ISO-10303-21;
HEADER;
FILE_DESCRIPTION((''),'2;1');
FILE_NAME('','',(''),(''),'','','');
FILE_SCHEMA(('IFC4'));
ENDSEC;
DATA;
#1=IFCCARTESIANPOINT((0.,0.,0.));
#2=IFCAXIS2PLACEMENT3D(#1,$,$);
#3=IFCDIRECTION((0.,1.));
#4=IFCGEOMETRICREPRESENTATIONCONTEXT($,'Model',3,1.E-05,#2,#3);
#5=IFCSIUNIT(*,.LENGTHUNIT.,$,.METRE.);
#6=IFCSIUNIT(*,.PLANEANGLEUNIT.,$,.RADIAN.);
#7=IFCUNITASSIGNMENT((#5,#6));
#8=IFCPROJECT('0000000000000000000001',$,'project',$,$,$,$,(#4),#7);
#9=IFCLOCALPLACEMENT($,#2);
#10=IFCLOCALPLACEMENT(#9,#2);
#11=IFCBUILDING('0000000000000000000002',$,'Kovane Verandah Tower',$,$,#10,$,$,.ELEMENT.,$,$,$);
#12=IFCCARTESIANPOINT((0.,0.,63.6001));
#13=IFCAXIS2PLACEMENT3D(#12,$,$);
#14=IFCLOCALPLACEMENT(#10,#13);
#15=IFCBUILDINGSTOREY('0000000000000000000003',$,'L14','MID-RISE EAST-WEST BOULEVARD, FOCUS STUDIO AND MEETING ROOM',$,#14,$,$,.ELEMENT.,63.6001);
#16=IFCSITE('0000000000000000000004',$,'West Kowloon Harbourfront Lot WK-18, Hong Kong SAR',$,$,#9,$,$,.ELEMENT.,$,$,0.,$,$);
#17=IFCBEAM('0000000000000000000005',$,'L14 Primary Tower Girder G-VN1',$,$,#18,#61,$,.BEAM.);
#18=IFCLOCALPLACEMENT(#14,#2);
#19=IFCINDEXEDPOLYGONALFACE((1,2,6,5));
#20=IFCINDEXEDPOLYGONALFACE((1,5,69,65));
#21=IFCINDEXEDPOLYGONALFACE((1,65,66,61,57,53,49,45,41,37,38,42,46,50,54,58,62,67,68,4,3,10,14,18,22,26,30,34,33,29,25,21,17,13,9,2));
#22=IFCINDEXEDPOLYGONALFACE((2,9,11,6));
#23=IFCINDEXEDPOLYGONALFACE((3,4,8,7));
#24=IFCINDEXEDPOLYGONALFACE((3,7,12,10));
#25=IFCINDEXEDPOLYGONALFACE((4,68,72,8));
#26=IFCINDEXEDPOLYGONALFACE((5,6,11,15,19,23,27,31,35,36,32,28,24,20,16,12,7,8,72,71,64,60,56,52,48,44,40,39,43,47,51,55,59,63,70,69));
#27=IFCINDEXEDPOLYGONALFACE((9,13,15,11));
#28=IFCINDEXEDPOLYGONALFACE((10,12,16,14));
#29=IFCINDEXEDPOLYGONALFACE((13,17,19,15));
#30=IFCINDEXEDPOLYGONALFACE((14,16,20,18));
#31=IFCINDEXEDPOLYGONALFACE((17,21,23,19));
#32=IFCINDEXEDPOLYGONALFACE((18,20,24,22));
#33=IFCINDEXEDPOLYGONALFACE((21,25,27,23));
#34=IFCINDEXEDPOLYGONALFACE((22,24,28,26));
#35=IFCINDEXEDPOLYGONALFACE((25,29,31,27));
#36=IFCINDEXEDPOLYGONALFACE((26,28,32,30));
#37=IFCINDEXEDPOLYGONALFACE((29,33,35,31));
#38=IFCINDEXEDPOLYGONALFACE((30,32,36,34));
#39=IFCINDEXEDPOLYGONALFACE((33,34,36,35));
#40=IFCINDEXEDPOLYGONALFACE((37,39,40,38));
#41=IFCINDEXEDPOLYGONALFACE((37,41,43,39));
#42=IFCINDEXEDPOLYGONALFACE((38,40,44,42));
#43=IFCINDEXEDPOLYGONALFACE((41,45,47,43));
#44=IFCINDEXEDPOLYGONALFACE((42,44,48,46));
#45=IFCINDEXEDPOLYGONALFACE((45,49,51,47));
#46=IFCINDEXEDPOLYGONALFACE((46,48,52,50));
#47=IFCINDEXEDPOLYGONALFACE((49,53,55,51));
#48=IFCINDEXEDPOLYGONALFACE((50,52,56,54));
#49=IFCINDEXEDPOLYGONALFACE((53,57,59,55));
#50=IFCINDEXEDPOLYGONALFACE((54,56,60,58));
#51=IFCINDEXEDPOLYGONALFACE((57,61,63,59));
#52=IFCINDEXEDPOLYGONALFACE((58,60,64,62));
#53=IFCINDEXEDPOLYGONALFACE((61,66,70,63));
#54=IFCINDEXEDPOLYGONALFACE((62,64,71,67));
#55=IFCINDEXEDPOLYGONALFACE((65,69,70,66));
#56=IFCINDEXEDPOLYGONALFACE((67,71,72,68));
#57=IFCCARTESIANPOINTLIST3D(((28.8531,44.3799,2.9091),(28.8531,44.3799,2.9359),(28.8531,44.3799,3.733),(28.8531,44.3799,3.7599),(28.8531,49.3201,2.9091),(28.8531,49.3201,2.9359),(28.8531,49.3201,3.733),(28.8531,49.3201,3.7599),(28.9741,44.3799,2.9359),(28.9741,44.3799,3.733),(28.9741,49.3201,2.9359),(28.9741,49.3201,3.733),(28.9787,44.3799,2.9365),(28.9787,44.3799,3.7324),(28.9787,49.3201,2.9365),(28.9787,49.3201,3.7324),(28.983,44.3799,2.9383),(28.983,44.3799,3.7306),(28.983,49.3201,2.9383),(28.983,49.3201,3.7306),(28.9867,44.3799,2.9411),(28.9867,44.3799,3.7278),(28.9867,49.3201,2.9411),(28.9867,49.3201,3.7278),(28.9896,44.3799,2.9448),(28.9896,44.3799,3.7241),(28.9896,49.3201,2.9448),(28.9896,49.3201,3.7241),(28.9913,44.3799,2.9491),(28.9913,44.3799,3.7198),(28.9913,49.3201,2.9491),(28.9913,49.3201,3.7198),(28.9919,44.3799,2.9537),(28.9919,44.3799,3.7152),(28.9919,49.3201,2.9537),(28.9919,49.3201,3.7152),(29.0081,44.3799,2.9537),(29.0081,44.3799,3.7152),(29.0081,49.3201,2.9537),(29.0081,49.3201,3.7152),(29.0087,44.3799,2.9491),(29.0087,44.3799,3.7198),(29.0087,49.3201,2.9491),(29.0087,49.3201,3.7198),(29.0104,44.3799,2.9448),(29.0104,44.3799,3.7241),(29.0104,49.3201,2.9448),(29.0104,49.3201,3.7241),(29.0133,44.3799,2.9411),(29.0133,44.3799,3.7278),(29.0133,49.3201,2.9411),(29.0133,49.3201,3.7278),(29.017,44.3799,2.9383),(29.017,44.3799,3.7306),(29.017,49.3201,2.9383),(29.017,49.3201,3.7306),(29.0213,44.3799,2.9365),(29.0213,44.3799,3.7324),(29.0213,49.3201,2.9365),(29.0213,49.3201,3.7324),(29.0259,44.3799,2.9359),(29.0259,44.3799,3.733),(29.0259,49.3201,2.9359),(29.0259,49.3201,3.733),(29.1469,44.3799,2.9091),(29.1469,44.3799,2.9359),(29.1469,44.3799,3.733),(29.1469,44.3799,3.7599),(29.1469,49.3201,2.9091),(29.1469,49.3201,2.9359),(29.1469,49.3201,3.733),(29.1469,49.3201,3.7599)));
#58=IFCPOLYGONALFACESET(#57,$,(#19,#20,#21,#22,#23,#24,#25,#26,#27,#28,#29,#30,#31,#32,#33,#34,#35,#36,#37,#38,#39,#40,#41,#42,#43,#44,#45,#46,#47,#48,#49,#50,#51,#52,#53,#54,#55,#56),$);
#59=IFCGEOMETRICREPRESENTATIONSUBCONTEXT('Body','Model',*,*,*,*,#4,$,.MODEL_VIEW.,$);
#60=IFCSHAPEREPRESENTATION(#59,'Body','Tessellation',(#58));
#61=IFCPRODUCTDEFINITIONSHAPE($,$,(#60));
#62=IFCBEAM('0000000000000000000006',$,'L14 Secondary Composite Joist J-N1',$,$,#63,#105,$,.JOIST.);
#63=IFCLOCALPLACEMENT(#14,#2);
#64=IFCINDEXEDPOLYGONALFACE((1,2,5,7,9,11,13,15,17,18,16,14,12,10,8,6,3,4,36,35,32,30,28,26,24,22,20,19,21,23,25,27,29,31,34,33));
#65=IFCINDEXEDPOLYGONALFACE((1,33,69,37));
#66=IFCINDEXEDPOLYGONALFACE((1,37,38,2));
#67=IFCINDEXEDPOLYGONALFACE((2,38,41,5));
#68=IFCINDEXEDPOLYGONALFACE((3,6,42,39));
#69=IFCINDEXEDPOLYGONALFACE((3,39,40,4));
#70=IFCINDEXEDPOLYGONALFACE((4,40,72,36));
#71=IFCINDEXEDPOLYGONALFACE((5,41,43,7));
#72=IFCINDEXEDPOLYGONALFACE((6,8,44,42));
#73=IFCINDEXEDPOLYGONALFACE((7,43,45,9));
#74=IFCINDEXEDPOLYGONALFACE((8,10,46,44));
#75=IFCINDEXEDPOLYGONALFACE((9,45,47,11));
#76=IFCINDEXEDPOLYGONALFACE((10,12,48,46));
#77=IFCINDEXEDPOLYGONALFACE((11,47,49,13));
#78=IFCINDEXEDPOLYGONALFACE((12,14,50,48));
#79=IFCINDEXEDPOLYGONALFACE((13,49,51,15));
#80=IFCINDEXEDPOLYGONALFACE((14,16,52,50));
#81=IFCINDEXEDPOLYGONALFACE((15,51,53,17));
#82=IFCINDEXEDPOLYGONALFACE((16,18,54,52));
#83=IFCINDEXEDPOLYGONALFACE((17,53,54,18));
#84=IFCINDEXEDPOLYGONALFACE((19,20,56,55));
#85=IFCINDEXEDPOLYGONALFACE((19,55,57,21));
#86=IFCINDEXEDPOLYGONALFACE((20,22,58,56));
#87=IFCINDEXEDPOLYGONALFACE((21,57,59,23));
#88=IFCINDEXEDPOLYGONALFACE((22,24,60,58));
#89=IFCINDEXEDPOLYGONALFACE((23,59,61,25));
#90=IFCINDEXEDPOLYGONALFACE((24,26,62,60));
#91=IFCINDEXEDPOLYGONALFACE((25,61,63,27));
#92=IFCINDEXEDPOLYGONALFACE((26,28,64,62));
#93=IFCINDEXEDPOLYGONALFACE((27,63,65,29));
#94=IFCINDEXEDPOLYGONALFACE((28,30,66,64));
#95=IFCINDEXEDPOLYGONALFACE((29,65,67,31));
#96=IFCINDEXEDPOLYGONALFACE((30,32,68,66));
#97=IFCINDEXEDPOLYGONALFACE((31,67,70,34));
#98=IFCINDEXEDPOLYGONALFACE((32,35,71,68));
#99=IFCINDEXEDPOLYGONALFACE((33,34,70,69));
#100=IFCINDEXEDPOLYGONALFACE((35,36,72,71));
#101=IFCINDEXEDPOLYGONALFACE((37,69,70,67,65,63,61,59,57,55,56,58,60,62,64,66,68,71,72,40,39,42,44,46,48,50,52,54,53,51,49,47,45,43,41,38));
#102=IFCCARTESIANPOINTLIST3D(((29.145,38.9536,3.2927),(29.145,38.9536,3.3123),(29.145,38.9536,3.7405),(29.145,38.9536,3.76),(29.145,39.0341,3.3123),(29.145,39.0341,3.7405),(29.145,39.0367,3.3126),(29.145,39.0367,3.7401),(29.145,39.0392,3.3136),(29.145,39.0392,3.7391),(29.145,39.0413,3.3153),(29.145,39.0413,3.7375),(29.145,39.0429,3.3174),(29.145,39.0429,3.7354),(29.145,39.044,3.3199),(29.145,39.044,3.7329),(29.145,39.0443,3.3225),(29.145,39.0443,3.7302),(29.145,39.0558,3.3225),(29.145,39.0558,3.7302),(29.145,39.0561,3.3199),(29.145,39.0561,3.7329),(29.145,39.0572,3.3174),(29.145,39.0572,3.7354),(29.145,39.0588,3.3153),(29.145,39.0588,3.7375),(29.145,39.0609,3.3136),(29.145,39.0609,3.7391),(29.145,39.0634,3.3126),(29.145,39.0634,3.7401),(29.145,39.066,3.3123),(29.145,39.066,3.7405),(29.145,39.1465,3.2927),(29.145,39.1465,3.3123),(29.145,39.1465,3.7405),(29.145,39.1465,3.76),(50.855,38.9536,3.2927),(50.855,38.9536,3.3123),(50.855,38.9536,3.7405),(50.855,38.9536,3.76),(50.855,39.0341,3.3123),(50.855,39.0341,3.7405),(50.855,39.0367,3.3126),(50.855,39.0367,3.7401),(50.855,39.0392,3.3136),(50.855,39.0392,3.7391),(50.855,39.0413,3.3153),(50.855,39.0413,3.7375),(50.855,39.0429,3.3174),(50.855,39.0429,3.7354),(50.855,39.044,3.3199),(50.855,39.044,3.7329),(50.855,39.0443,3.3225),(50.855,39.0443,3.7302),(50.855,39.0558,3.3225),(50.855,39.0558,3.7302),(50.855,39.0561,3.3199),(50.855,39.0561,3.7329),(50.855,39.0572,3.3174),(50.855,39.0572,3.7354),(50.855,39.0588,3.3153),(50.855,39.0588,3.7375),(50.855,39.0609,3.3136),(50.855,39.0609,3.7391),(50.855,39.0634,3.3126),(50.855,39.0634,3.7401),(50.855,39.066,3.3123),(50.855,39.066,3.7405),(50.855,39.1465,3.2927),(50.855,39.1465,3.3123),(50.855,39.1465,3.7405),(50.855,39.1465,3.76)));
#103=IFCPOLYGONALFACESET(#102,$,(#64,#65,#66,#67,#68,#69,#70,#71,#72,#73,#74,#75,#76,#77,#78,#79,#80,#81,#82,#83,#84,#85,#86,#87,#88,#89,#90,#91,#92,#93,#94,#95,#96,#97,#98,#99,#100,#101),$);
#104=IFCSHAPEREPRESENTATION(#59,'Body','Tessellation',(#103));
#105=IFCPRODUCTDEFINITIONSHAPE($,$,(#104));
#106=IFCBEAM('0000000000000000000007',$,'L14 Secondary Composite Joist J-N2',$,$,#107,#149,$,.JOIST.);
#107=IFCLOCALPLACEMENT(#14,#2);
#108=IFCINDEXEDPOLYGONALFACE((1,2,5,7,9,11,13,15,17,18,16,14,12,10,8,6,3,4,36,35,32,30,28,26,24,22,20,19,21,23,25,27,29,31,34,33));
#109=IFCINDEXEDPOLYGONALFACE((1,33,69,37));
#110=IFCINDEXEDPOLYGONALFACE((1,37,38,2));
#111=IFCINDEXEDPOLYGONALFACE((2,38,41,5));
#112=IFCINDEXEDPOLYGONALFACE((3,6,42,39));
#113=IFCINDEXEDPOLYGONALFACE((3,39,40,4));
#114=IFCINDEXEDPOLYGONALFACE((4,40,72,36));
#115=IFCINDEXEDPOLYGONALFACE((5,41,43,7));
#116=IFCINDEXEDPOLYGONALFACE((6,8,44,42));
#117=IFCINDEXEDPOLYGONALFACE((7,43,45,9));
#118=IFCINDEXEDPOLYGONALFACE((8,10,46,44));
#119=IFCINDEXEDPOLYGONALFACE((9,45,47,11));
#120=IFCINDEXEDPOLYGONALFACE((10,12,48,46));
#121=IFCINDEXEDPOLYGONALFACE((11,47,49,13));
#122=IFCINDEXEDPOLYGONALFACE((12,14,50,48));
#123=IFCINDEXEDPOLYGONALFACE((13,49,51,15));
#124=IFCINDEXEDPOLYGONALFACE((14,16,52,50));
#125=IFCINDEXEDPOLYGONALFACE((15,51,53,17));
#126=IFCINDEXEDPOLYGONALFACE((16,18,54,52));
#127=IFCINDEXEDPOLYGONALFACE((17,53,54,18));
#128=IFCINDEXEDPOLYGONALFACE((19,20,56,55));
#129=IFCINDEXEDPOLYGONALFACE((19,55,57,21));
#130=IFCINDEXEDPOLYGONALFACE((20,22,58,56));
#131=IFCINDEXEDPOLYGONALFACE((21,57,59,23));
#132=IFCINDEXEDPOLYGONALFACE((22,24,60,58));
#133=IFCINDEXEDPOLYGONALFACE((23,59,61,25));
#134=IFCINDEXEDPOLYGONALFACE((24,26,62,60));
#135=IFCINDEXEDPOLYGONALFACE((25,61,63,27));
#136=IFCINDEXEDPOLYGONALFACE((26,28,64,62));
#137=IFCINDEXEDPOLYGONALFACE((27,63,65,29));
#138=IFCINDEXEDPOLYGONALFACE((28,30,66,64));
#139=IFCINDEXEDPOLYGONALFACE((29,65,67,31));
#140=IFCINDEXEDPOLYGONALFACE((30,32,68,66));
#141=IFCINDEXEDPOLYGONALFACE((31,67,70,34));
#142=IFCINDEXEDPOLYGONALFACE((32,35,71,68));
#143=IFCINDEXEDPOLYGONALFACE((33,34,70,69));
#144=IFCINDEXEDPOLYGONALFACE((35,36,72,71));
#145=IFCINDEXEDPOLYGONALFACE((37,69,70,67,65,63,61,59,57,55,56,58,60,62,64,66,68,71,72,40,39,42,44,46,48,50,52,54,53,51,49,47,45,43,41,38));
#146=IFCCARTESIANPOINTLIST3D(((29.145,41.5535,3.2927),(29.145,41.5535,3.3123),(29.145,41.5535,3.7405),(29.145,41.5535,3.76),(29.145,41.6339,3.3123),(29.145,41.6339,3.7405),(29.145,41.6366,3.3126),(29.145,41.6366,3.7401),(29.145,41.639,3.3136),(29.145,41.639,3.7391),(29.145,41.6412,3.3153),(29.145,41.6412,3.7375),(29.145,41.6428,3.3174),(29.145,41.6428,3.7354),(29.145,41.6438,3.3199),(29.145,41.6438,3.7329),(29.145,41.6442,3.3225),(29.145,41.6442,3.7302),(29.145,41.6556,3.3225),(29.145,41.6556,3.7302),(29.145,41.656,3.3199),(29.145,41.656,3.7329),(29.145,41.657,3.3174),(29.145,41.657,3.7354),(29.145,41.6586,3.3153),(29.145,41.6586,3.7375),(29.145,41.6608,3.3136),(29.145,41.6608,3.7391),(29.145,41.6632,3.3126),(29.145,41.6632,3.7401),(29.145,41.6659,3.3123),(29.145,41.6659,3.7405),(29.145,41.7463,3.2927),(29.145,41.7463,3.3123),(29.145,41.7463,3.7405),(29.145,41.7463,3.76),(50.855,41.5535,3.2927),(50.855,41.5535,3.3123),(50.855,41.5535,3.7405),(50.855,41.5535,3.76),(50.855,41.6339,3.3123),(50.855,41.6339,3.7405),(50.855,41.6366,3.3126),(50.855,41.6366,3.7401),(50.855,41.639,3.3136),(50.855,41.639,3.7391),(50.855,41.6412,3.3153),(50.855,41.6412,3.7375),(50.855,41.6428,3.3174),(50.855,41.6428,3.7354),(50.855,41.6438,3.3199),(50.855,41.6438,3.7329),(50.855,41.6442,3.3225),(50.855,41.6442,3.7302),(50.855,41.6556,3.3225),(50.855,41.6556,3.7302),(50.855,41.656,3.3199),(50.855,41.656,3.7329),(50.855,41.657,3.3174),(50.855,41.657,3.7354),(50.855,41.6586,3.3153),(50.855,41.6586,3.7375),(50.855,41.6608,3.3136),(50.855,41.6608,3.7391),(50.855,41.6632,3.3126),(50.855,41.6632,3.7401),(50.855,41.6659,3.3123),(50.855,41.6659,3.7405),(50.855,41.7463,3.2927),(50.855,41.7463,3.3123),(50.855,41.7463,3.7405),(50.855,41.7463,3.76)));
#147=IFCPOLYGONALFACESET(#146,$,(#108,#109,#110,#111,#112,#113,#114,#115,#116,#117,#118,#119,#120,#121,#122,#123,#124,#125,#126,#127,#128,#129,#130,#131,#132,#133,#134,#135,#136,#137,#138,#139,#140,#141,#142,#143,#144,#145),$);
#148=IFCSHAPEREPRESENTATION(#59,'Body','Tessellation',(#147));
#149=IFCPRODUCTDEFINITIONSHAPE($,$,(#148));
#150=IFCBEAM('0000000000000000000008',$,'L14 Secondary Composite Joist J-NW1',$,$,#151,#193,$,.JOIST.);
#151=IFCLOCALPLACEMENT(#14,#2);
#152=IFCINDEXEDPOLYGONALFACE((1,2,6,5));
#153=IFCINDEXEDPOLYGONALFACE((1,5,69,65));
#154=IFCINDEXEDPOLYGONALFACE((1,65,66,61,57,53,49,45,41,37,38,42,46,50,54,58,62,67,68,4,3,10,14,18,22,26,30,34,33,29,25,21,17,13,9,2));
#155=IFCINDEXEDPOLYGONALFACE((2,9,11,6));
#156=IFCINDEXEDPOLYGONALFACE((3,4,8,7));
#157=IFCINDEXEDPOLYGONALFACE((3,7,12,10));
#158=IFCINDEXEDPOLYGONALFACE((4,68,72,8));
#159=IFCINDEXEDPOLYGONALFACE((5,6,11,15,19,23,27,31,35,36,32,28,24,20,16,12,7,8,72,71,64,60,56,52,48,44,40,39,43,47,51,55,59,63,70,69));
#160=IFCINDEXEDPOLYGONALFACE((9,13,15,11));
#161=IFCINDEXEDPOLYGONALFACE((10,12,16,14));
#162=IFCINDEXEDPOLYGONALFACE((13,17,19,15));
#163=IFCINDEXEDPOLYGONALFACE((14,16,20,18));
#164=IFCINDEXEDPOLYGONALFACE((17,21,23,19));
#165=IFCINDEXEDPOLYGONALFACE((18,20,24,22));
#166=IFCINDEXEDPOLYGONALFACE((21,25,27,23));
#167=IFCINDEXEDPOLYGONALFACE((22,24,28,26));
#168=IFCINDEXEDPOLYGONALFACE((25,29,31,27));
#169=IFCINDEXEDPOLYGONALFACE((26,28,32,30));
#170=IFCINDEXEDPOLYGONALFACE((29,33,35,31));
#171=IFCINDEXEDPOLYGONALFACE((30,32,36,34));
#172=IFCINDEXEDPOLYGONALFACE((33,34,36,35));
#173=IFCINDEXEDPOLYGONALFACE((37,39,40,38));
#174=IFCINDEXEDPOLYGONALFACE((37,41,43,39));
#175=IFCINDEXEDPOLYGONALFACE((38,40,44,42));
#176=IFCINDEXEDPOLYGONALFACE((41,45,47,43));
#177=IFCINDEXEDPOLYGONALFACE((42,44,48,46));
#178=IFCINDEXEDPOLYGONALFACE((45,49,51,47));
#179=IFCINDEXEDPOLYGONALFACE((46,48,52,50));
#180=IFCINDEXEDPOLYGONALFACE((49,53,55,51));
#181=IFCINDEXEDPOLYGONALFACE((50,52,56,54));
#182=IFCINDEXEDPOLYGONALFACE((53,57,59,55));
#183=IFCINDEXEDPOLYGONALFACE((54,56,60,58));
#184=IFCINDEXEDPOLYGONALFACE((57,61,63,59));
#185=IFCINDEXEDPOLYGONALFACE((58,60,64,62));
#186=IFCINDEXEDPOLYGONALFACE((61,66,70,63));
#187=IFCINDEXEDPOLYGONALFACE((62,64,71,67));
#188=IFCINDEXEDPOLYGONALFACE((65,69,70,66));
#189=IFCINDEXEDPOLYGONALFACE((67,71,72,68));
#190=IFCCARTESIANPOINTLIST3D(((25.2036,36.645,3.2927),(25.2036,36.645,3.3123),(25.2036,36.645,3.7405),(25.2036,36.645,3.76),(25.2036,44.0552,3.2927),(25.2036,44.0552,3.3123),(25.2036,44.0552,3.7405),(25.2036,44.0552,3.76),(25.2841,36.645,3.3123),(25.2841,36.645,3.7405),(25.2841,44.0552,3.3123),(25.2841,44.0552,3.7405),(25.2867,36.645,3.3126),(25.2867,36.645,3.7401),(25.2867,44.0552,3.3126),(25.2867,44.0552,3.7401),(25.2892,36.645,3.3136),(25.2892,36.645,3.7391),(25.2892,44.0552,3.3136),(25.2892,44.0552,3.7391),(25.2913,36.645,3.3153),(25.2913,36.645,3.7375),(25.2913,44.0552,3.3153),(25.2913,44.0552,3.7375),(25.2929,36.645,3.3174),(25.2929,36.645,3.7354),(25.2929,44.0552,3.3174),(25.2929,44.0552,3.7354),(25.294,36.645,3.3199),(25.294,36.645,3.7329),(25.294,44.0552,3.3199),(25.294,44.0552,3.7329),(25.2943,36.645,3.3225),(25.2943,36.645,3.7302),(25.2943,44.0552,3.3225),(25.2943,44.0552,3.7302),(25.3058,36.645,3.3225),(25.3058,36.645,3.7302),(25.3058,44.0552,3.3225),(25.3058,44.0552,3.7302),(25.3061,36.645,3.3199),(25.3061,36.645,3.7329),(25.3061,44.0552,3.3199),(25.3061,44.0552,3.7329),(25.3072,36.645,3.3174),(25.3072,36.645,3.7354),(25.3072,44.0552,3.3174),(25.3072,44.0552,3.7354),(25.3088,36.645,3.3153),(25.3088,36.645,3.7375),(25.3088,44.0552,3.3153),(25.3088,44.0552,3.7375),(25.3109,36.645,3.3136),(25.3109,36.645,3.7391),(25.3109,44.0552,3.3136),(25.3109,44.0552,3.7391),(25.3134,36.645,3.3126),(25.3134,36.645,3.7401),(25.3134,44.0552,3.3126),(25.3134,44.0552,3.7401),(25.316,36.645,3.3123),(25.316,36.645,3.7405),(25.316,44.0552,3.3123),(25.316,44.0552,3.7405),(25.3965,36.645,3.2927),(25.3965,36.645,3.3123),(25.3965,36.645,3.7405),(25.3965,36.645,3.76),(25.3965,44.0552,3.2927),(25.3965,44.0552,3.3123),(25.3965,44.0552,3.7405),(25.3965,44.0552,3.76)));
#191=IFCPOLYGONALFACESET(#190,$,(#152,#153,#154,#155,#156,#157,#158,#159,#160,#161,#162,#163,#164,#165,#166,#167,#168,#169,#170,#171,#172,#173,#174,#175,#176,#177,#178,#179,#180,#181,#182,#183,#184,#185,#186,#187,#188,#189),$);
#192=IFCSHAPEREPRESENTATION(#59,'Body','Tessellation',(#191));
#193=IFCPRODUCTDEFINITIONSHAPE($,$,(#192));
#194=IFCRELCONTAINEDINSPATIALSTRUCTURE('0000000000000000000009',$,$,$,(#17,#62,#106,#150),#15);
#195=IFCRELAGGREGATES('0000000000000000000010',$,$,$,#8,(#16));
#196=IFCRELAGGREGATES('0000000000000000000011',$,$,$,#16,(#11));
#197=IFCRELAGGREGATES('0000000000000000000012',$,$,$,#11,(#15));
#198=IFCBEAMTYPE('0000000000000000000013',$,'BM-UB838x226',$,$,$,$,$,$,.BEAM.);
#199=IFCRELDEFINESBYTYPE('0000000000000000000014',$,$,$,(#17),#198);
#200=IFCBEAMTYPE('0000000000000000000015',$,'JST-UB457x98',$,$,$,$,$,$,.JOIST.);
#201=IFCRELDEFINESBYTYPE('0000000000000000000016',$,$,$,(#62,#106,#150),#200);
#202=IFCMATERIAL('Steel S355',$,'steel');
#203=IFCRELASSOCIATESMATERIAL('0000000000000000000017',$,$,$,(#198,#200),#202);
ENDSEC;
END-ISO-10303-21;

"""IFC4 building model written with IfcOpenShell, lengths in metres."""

from ifc_helpers import new_model, si_unit, direction, frame, origin, origin_2d, place, context, subcontext, project, spatial, i_section, extrude, material, material_profile, profile_set, type_object, element, save


model = new_model("IFC4")

# Units and contexts
model_context = context("Model", 3, precision=1e-05, world=origin(), true_north=direction((0.0, 1.0)))
body_context = subcontext(model_context, "Body", "Model", "MODEL_VIEW")
ifc_project = project(units=[si_unit("LENGTHUNIT", "METRE"), si_unit("PLANEANGLEUNIT", "RADIAN")], contexts=[model_context])

# Site, building, storey
site_placement = place(None, origin())
site = spatial("IfcSite", under=ifc_project, at=site_placement, Name="West Kowloon Harbourfront Lot WK-18, Hong Kong SAR", CompositionType="ELEMENT", RefElevation=0.0)
building_placement = place(site_placement, origin())
building = spatial("IfcBuilding", under=site, at=building_placement, Name="Kovane Verandah Tower", CompositionType="ELEMENT")
storey_placement = place(building_placement, frame((0.0, 0.0, 63.6001)))
storey = spatial("IfcBuildingStorey", under=building, at=storey_placement, Name="L14", Description="MID-RISE EAST-WEST BOULEVARD, FOCUS STUDIO AND MEETING ROOM", CompositionType="ELEMENT", Elevation=63.6001)

# Beams
ifc_material_1 = material(Name="Steel S355", Category="steel")
ifc_material_profile_1 = material_profile(ifc_material_1, i_section(OverallWidth=0.2937, OverallDepth=0.8508, WebThickness=0.0161, FlangeThickness=0.0269, FilletRadius=0.0178, at=origin_2d()), Name="UB838x292x226")
ifc_profile_set_1 = profile_set([ifc_material_profile_1], Name="Steel S355")
beam_type_1 = type_object("IfcBeamType", Name="BM-UB838x226", PredefinedType="BEAM", material=ifc_profile_set_1)
beam_1_placement = place(storey_placement, frame((29.0, 44.3799, 3.3345), z_axis=(0.0, 1.0, 0.0), x_axis=(-1.0, 0.0, 0.0)))
element("IfcBeam", 1, at=beam_1_placement, inside=storey, type_object=beam_type_1, Name="L14 Primary Tower Girder G-VN1", PredefinedType="BEAM", context=body_context, shape_type="SweptSolid", body=[
    extrude(i_section(OverallWidth=0.2937, OverallDepth=0.8508, WebThickness=0.0161, FlangeThickness=0.0269, FilletRadius=0.0178, at=origin_2d()), origin(), (0.0, 0.0, 1.0), 4.9402),
])
ifc_material_profile_2 = material_profile(ifc_material_1, i_section(OverallWidth=0.1929, OverallDepth=0.4673, WebThickness=0.0115, FlangeThickness=0.0195, FilletRadius=0.0103, at=origin_2d()), Name="UB457x191x98")
ifc_profile_set_2 = profile_set([ifc_material_profile_2], Name="Steel S355")
beam_type_2 = type_object("IfcBeamType", Name="JST-UB457x98", PredefinedType="JOIST", material=ifc_profile_set_2)
for number, where, z_axis, x_axis, name in (
    (2, (29.145, 39.05, 3.5264), (1.0, 0.0, 0.0), (0.0, 1.0, 0.0), "L14 Secondary Composite Joist J-N1"),
    (3, (29.145, 41.6499, 3.5264), (1.0, 0.0, 0.0), (0.0, 1.0, 0.0), "L14 Secondary Composite Joist J-N2"),
):
    element("IfcBeam", number, at=place(storey_placement, frame(where, z_axis=z_axis, x_axis=x_axis)), inside=storey, type_object=beam_type_2, Name=name, PredefinedType="JOIST", context=body_context, shape_type="SweptSolid", body=[
        extrude(i_section(OverallWidth=0.1929, OverallDepth=0.4673, WebThickness=0.0115, FlangeThickness=0.0195, FilletRadius=0.0103, at=origin_2d()), origin(), (0.0, 0.0, 1.0), 21.71),
    ])
beam_2_placement = place(storey_placement, frame((25.3, 36.645, 3.5264), z_axis=(0.0, 1.0, 0.0), x_axis=(-1.0, 0.0, 0.0)))
element("IfcBeam", 4, at=beam_2_placement, inside=storey, type_object=beam_type_2, Name="L14 Secondary Composite Joist J-NW1", PredefinedType="JOIST", context=body_context, shape_type="SweptSolid", body=[
    extrude(i_section(OverallWidth=0.1929, OverallDepth=0.4673, WebThickness=0.0115, FlangeThickness=0.0195, FilletRadius=0.0103, at=origin_2d()), origin(), (0.0, 0.0, 1.0), 7.4102),
])

save(model, "model.ifc")
